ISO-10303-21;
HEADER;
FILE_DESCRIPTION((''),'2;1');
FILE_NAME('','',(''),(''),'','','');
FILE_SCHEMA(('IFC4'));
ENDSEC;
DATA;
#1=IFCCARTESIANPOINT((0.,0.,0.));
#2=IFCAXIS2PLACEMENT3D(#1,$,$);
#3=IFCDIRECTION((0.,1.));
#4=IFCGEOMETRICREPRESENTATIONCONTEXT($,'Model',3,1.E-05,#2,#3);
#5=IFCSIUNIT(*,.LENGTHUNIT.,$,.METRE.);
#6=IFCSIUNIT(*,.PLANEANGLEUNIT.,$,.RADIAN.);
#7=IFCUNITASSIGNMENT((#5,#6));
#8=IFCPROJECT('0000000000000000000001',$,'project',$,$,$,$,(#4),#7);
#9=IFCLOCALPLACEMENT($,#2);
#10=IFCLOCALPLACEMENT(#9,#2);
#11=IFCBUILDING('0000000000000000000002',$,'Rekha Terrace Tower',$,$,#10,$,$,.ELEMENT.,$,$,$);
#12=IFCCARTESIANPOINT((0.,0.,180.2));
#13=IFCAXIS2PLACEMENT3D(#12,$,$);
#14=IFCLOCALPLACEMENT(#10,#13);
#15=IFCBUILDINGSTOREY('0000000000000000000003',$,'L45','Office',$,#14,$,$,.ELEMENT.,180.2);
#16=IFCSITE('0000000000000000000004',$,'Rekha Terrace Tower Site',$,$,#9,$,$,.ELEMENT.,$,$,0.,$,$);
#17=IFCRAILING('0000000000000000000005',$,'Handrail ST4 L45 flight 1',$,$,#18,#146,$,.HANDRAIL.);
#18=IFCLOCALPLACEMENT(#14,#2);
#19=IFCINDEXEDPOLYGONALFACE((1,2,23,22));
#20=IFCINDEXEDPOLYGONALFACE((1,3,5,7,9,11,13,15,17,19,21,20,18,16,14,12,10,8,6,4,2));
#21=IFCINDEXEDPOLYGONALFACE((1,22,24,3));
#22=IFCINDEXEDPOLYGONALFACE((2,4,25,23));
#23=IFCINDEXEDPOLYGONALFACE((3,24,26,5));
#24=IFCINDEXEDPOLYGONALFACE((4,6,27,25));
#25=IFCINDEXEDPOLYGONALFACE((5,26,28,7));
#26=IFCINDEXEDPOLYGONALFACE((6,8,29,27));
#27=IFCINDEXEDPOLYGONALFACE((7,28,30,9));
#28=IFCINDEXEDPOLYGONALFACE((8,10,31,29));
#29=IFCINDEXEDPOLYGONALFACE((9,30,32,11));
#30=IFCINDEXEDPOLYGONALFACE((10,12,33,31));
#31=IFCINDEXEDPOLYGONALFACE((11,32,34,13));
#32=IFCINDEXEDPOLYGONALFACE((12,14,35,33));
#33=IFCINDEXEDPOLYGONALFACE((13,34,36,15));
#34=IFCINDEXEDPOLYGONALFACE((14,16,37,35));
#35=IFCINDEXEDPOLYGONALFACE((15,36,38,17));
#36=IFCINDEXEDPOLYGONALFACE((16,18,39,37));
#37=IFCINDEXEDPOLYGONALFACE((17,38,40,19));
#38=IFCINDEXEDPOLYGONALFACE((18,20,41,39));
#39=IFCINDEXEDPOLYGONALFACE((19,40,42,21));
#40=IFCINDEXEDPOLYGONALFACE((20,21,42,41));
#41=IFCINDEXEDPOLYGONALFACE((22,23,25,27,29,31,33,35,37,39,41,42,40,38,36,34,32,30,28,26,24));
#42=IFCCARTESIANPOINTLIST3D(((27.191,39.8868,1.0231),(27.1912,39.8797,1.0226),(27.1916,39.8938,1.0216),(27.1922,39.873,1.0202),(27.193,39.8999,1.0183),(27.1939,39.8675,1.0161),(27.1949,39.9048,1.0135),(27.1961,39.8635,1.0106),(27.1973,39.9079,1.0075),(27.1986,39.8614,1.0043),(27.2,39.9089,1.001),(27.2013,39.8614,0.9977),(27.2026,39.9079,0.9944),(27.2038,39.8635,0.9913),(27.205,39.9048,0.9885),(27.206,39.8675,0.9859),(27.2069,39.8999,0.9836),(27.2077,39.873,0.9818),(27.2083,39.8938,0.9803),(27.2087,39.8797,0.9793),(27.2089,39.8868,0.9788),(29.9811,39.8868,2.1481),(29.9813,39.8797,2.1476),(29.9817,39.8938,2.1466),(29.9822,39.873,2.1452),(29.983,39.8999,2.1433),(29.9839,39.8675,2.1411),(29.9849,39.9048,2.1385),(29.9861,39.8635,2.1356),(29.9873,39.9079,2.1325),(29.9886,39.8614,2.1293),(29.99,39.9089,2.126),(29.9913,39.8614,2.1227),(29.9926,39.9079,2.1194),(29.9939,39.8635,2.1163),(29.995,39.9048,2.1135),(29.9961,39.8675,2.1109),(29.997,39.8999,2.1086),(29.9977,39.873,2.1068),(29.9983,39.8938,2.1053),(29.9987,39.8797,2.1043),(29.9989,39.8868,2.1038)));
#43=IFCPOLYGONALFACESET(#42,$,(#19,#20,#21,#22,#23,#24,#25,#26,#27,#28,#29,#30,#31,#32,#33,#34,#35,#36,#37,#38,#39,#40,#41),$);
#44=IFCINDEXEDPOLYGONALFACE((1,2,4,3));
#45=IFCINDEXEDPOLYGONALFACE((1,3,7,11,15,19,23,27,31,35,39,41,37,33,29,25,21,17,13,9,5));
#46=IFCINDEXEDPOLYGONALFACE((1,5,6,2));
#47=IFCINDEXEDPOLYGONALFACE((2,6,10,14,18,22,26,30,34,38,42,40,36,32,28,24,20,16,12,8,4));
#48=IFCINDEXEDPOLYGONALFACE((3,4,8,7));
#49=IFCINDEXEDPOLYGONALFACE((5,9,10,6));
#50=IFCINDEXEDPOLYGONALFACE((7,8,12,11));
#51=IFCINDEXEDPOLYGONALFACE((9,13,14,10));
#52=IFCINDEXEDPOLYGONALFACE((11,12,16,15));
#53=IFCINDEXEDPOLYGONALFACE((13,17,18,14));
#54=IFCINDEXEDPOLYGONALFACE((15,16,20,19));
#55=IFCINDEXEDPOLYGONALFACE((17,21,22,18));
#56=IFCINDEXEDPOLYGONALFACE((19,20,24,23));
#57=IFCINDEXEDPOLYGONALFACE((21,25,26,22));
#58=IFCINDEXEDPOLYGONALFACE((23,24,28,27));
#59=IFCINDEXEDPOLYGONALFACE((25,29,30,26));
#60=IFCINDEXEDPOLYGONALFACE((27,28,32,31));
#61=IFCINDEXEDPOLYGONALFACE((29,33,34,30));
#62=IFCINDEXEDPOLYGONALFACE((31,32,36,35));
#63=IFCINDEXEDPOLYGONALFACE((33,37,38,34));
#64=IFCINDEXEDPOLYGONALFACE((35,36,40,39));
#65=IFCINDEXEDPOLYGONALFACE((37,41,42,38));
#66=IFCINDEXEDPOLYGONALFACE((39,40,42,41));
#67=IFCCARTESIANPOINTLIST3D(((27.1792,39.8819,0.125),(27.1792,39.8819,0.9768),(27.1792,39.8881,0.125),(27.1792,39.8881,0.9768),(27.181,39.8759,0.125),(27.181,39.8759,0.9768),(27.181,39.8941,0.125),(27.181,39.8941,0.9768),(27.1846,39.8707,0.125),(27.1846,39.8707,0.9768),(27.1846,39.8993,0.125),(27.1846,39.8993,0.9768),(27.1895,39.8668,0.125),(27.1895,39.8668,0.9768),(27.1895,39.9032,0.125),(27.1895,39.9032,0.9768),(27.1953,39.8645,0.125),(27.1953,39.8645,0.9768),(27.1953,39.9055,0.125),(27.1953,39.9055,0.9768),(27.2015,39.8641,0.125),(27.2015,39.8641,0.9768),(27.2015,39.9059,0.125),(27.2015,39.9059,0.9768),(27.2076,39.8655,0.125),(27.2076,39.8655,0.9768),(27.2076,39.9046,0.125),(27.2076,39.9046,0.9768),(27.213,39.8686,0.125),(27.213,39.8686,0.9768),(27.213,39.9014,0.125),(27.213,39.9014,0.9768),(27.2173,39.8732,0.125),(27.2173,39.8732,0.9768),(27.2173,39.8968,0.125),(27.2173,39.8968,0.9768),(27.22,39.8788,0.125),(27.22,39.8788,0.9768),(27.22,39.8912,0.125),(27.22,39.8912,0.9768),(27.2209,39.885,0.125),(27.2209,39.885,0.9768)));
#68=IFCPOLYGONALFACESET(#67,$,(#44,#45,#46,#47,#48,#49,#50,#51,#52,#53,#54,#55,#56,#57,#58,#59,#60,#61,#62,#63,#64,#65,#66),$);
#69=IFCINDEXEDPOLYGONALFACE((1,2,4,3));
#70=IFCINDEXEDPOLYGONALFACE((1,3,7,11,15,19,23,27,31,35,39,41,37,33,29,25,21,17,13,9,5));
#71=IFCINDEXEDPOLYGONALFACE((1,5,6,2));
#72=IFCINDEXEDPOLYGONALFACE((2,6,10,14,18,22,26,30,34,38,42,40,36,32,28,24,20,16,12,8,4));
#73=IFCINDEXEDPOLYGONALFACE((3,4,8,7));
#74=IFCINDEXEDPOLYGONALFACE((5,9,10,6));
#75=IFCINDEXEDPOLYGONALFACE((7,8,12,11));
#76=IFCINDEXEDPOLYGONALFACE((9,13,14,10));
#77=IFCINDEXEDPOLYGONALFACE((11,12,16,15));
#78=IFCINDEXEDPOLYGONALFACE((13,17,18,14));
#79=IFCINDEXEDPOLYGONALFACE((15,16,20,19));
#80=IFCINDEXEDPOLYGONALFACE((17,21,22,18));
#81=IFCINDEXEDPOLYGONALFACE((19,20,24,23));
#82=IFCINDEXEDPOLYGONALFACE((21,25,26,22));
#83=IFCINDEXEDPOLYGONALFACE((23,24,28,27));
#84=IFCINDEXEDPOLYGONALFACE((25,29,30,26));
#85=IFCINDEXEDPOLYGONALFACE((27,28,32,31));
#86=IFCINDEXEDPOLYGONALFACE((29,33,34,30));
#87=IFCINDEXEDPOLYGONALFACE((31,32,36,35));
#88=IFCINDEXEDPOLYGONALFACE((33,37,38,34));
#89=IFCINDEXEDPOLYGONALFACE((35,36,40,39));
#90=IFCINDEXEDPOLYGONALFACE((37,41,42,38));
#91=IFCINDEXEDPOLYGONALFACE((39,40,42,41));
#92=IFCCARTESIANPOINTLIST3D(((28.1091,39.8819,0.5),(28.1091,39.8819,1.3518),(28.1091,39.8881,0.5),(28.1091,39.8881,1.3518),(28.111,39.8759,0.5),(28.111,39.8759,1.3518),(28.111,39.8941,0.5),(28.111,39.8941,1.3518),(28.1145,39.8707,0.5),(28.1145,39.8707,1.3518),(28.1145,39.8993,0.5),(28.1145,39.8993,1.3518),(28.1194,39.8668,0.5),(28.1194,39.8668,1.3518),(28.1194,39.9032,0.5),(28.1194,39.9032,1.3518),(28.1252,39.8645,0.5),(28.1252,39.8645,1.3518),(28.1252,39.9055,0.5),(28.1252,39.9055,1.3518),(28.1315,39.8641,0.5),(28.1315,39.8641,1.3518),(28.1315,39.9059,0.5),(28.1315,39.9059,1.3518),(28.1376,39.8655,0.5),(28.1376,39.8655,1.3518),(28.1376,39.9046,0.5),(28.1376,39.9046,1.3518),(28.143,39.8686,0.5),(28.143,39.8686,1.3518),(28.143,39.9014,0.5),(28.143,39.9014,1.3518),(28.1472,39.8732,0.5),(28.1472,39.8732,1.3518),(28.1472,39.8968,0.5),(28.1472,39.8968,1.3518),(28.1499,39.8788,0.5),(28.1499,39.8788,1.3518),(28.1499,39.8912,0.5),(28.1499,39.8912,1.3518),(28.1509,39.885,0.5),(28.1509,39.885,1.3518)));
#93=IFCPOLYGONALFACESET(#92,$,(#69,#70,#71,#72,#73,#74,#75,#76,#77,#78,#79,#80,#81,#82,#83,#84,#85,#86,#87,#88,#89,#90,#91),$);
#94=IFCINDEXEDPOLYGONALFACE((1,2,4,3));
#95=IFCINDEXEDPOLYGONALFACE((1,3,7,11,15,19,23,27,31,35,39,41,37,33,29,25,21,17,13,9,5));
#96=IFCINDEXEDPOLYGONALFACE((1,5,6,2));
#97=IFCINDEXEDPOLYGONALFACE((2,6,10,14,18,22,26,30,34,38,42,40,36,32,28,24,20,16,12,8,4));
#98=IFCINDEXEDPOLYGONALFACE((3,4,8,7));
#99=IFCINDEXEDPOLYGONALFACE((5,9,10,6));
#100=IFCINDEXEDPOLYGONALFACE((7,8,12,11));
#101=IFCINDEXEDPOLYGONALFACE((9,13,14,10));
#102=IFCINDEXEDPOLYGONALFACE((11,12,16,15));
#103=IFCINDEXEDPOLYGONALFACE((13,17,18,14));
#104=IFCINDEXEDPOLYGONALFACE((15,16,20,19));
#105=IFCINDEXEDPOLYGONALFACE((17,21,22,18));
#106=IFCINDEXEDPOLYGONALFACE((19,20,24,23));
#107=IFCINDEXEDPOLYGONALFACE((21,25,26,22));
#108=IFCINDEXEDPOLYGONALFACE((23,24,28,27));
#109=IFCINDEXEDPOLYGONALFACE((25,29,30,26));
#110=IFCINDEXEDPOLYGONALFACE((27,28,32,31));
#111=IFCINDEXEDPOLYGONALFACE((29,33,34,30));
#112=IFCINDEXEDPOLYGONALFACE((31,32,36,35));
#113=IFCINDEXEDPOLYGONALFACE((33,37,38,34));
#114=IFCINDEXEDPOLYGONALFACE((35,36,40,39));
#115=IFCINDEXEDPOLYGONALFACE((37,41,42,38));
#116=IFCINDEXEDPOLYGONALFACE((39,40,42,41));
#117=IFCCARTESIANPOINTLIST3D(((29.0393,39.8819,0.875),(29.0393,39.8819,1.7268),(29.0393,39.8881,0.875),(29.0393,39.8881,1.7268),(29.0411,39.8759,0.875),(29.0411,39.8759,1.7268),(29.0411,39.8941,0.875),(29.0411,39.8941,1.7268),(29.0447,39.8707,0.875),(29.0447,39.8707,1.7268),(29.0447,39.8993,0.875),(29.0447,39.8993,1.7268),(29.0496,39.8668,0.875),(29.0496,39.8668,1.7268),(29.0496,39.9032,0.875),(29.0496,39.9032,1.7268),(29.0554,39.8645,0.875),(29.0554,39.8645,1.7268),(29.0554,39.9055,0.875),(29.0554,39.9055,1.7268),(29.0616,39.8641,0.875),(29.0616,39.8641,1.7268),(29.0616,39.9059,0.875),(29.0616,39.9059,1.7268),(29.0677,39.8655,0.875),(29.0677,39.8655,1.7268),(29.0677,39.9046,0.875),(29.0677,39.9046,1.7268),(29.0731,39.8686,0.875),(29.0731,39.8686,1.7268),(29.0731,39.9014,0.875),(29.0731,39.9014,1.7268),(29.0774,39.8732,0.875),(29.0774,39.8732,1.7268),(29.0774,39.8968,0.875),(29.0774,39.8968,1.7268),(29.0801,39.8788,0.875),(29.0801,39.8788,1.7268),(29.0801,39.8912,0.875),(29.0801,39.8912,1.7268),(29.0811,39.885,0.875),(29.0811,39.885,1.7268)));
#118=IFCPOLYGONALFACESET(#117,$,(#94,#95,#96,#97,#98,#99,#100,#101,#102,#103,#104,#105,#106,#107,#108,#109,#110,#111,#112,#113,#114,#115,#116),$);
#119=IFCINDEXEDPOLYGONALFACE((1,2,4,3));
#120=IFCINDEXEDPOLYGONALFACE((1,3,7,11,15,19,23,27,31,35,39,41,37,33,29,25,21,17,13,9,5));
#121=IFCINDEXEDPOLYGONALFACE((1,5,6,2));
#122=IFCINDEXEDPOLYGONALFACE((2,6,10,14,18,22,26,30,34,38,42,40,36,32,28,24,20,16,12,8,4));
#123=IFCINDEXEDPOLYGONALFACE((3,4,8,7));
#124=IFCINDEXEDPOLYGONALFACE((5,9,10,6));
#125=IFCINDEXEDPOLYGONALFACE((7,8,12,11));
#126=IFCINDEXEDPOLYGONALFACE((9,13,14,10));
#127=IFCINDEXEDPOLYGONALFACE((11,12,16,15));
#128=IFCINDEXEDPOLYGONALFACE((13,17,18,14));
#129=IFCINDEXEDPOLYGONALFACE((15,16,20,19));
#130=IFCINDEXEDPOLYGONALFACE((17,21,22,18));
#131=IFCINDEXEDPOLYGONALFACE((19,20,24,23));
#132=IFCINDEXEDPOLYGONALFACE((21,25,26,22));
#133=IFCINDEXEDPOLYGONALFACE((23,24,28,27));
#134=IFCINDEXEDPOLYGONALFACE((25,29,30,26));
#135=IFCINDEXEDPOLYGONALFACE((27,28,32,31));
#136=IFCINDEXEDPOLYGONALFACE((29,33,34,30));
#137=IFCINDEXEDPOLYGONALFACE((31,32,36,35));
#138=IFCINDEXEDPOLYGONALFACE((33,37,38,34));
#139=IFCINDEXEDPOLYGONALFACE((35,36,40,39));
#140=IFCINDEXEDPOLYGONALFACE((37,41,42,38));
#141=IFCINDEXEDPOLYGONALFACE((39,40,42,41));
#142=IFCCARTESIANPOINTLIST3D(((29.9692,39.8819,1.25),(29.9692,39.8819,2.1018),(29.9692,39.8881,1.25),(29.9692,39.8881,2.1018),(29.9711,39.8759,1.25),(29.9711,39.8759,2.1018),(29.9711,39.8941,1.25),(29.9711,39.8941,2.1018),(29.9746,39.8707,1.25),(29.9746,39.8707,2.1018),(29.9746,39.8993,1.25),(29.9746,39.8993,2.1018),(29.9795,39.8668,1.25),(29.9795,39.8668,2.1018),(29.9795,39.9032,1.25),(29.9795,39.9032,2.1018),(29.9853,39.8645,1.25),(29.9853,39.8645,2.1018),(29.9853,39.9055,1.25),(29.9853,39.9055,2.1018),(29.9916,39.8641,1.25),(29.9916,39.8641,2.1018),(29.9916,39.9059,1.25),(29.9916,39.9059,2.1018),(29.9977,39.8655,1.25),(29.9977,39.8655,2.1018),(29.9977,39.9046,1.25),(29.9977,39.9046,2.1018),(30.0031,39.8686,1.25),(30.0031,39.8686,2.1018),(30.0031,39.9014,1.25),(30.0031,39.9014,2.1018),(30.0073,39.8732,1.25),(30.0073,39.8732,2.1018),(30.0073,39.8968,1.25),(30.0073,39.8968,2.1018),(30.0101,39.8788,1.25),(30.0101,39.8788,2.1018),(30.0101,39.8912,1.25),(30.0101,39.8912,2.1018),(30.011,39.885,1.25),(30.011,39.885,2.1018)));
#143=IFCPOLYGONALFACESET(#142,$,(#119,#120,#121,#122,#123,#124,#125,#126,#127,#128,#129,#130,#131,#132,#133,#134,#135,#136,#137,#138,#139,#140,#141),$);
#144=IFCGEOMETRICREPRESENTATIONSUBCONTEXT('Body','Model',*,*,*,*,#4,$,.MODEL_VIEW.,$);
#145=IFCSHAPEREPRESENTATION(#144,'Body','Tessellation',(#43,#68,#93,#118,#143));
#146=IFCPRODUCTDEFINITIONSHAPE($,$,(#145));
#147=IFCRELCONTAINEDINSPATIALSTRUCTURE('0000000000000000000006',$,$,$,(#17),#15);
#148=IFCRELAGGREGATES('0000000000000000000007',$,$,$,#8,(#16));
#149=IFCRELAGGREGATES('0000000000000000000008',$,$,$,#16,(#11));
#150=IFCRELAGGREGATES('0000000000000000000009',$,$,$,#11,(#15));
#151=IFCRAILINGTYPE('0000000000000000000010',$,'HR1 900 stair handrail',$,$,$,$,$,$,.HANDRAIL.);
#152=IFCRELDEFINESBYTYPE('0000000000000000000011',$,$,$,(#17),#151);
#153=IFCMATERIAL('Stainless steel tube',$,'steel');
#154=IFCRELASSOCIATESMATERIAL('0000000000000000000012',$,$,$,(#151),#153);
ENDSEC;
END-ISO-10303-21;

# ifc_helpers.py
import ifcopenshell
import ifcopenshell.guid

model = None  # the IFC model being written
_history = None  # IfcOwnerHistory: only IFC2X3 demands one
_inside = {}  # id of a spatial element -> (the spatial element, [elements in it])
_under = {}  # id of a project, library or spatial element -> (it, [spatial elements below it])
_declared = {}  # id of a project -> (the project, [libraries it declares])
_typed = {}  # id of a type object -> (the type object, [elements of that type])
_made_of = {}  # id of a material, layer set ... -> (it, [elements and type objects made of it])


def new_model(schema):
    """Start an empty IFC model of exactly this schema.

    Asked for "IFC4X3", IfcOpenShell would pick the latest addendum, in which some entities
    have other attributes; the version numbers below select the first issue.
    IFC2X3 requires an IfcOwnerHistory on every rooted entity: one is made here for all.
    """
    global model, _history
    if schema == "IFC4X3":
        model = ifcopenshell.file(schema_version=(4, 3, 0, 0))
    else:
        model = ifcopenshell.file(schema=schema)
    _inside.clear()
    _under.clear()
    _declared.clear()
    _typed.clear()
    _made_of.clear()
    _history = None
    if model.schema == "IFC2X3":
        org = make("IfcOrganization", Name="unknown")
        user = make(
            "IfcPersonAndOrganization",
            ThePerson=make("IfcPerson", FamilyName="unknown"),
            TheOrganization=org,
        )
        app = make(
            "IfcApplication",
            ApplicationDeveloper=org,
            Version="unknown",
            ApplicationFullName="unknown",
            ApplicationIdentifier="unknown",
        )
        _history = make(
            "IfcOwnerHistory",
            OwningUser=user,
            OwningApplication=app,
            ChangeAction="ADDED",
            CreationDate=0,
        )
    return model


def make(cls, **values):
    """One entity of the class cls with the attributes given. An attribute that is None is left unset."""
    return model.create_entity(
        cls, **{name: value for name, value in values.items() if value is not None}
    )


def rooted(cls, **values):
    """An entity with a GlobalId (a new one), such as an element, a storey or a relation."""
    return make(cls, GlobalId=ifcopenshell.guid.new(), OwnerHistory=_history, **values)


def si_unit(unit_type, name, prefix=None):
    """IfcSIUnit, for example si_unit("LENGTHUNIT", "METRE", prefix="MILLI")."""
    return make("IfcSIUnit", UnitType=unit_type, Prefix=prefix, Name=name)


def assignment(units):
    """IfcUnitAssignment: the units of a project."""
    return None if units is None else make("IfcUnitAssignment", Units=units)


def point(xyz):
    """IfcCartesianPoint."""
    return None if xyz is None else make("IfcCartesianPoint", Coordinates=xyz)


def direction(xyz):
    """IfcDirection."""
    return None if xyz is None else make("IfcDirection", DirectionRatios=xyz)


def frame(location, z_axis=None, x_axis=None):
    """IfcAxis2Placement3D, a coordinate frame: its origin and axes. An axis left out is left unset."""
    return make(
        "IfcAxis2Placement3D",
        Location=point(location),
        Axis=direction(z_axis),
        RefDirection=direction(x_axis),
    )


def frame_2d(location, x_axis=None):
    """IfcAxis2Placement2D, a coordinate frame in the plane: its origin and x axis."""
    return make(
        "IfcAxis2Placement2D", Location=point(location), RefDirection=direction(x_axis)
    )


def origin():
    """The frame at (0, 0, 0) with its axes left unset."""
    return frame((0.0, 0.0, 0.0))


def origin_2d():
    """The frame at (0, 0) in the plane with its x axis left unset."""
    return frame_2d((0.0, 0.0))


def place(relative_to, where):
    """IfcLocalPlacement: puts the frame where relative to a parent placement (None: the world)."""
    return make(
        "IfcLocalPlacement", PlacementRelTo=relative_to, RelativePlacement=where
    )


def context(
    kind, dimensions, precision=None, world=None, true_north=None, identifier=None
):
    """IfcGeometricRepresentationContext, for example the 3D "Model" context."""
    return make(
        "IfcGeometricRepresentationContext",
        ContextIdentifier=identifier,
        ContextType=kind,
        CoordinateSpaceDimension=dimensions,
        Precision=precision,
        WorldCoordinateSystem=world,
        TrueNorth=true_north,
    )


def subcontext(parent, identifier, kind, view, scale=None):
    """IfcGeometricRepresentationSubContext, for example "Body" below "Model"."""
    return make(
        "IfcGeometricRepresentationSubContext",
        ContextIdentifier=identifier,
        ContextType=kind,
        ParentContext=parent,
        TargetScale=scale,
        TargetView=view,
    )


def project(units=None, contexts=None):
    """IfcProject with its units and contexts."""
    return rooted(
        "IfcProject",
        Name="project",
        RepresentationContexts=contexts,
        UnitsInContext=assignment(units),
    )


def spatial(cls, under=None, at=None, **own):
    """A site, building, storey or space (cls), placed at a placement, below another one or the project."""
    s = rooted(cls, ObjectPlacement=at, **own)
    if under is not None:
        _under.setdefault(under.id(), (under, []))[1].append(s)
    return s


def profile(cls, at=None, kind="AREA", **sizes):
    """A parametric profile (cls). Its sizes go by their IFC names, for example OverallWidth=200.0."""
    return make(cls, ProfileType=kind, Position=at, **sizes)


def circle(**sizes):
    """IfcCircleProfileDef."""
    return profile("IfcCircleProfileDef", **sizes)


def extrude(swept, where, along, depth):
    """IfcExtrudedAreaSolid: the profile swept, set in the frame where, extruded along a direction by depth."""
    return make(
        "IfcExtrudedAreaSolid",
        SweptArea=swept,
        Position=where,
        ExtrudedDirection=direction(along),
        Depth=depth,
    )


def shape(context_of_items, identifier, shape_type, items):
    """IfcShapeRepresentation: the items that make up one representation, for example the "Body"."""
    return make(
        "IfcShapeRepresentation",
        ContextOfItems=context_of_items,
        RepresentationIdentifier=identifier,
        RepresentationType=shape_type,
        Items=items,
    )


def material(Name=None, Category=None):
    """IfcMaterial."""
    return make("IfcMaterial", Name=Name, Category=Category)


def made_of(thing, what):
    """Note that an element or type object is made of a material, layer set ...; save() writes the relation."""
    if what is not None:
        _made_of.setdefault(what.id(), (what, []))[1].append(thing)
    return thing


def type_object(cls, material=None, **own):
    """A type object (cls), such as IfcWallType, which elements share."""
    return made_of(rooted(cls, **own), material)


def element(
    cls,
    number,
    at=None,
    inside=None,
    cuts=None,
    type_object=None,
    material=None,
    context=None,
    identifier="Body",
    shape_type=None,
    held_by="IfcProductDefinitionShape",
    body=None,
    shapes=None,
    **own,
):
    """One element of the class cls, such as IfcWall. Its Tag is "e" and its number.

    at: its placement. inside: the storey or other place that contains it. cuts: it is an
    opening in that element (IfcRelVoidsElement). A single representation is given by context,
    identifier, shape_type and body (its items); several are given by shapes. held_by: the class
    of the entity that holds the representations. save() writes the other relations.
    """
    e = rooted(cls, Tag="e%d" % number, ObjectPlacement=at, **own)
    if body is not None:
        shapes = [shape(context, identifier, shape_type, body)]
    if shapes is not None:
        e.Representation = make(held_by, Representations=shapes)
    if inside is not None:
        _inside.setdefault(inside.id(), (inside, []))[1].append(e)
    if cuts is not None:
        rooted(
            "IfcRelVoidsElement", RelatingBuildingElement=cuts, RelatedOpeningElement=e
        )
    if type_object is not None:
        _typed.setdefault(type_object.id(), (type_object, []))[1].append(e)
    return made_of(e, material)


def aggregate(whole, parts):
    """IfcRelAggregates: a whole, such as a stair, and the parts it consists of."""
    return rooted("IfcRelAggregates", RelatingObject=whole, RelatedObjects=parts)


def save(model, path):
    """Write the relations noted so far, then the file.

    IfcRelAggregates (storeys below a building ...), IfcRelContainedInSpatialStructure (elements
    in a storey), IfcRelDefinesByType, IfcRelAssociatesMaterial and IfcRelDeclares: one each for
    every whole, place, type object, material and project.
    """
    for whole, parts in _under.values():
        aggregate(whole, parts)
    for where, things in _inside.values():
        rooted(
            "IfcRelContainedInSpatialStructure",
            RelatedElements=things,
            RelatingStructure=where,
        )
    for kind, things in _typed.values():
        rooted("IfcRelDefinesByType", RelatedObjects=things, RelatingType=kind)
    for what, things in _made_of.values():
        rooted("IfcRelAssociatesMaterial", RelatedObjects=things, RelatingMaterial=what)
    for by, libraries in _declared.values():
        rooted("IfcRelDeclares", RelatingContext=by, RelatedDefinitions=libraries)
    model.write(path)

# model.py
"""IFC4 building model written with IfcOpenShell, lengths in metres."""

from ifc_helpers import new_model, si_unit, direction, frame, origin, origin_2d, place, context, subcontext, project, spatial, circle, extrude, material, type_object, element, save


model = new_model("IFC4")

# Units and contexts
model_context = context("Model", 3, precision=1e-05, world=origin(), true_north=direction((0.0, 1.0)))
body_context = subcontext(model_context, "Body", "Model", "MODEL_VIEW")
ifc_project = project(units=[si_unit("LENGTHUNIT", "METRE"), si_unit("PLANEANGLEUNIT", "RADIAN")], contexts=[model_context])

# Site, building, storey
site_placement = place(None, origin())
site = spatial("IfcSite", under=ifc_project, at=site_placement, Name="Rekha Terrace Tower Site", CompositionType="ELEMENT", RefElevation=0.0)
building_placement = place(site_placement, origin())
building = spatial("IfcBuilding", under=site, at=building_placement, Name="Rekha Terrace Tower", CompositionType="ELEMENT")
storey_placement = place(building_placement, frame((0.0, 0.0, 180.2)))
storey = spatial("IfcBuildingStorey", under=building, at=storey_placement, Name="L45", Description="Office", CompositionType="ELEMENT", Elevation=180.2)

# Railing
ifc_material_1 = material(Name="Stainless steel tube", Category="steel")
railing_type_1 = type_object("IfcRailingType", Name="HR1 900 stair handrail", PredefinedType="HANDRAIL", material=ifc_material_1)
railing_1_placement = place(storey_placement, frame((27.2, 39.885, 0.125)))
element("IfcRailing", 1, at=railing_1_placement, inside=storey, type_object=railing_type_1, Name="Handrail ST4 L45 flight 1", PredefinedType="HANDRAIL", context=body_context, shape_type="SweptSolid", body=[
    extrude(circle(Radius=0.0239, at=origin_2d()), frame((0.0, 0.0, 0.876), z_axis=(0.927443, 0.0, 0.373964), x_axis=(0.0, 1.0, 0.0)), (0.0, 0.0, 1.0), 3.0083),
    extrude(circle(Radius=0.021, at=origin_2d()), origin(), (0.0, 0.0, 1.0), 0.8518),
    extrude(circle(Radius=0.021, at=origin_2d()), frame((0.9299, 0.0, 0.375)), (0.0, 0.0, 1.0), 0.8518),
    extrude(circle(Radius=0.021, at=origin_2d()), frame((1.8601, 0.0, 0.75)), (0.0, 0.0, 1.0), 0.8518),
    extrude(circle(Radius=0.021, at=origin_2d()), frame((2.79, 0.0, 1.125)), (0.0, 0.0, 1.0), 0.8518),
])

save(model, "model.ifc")
